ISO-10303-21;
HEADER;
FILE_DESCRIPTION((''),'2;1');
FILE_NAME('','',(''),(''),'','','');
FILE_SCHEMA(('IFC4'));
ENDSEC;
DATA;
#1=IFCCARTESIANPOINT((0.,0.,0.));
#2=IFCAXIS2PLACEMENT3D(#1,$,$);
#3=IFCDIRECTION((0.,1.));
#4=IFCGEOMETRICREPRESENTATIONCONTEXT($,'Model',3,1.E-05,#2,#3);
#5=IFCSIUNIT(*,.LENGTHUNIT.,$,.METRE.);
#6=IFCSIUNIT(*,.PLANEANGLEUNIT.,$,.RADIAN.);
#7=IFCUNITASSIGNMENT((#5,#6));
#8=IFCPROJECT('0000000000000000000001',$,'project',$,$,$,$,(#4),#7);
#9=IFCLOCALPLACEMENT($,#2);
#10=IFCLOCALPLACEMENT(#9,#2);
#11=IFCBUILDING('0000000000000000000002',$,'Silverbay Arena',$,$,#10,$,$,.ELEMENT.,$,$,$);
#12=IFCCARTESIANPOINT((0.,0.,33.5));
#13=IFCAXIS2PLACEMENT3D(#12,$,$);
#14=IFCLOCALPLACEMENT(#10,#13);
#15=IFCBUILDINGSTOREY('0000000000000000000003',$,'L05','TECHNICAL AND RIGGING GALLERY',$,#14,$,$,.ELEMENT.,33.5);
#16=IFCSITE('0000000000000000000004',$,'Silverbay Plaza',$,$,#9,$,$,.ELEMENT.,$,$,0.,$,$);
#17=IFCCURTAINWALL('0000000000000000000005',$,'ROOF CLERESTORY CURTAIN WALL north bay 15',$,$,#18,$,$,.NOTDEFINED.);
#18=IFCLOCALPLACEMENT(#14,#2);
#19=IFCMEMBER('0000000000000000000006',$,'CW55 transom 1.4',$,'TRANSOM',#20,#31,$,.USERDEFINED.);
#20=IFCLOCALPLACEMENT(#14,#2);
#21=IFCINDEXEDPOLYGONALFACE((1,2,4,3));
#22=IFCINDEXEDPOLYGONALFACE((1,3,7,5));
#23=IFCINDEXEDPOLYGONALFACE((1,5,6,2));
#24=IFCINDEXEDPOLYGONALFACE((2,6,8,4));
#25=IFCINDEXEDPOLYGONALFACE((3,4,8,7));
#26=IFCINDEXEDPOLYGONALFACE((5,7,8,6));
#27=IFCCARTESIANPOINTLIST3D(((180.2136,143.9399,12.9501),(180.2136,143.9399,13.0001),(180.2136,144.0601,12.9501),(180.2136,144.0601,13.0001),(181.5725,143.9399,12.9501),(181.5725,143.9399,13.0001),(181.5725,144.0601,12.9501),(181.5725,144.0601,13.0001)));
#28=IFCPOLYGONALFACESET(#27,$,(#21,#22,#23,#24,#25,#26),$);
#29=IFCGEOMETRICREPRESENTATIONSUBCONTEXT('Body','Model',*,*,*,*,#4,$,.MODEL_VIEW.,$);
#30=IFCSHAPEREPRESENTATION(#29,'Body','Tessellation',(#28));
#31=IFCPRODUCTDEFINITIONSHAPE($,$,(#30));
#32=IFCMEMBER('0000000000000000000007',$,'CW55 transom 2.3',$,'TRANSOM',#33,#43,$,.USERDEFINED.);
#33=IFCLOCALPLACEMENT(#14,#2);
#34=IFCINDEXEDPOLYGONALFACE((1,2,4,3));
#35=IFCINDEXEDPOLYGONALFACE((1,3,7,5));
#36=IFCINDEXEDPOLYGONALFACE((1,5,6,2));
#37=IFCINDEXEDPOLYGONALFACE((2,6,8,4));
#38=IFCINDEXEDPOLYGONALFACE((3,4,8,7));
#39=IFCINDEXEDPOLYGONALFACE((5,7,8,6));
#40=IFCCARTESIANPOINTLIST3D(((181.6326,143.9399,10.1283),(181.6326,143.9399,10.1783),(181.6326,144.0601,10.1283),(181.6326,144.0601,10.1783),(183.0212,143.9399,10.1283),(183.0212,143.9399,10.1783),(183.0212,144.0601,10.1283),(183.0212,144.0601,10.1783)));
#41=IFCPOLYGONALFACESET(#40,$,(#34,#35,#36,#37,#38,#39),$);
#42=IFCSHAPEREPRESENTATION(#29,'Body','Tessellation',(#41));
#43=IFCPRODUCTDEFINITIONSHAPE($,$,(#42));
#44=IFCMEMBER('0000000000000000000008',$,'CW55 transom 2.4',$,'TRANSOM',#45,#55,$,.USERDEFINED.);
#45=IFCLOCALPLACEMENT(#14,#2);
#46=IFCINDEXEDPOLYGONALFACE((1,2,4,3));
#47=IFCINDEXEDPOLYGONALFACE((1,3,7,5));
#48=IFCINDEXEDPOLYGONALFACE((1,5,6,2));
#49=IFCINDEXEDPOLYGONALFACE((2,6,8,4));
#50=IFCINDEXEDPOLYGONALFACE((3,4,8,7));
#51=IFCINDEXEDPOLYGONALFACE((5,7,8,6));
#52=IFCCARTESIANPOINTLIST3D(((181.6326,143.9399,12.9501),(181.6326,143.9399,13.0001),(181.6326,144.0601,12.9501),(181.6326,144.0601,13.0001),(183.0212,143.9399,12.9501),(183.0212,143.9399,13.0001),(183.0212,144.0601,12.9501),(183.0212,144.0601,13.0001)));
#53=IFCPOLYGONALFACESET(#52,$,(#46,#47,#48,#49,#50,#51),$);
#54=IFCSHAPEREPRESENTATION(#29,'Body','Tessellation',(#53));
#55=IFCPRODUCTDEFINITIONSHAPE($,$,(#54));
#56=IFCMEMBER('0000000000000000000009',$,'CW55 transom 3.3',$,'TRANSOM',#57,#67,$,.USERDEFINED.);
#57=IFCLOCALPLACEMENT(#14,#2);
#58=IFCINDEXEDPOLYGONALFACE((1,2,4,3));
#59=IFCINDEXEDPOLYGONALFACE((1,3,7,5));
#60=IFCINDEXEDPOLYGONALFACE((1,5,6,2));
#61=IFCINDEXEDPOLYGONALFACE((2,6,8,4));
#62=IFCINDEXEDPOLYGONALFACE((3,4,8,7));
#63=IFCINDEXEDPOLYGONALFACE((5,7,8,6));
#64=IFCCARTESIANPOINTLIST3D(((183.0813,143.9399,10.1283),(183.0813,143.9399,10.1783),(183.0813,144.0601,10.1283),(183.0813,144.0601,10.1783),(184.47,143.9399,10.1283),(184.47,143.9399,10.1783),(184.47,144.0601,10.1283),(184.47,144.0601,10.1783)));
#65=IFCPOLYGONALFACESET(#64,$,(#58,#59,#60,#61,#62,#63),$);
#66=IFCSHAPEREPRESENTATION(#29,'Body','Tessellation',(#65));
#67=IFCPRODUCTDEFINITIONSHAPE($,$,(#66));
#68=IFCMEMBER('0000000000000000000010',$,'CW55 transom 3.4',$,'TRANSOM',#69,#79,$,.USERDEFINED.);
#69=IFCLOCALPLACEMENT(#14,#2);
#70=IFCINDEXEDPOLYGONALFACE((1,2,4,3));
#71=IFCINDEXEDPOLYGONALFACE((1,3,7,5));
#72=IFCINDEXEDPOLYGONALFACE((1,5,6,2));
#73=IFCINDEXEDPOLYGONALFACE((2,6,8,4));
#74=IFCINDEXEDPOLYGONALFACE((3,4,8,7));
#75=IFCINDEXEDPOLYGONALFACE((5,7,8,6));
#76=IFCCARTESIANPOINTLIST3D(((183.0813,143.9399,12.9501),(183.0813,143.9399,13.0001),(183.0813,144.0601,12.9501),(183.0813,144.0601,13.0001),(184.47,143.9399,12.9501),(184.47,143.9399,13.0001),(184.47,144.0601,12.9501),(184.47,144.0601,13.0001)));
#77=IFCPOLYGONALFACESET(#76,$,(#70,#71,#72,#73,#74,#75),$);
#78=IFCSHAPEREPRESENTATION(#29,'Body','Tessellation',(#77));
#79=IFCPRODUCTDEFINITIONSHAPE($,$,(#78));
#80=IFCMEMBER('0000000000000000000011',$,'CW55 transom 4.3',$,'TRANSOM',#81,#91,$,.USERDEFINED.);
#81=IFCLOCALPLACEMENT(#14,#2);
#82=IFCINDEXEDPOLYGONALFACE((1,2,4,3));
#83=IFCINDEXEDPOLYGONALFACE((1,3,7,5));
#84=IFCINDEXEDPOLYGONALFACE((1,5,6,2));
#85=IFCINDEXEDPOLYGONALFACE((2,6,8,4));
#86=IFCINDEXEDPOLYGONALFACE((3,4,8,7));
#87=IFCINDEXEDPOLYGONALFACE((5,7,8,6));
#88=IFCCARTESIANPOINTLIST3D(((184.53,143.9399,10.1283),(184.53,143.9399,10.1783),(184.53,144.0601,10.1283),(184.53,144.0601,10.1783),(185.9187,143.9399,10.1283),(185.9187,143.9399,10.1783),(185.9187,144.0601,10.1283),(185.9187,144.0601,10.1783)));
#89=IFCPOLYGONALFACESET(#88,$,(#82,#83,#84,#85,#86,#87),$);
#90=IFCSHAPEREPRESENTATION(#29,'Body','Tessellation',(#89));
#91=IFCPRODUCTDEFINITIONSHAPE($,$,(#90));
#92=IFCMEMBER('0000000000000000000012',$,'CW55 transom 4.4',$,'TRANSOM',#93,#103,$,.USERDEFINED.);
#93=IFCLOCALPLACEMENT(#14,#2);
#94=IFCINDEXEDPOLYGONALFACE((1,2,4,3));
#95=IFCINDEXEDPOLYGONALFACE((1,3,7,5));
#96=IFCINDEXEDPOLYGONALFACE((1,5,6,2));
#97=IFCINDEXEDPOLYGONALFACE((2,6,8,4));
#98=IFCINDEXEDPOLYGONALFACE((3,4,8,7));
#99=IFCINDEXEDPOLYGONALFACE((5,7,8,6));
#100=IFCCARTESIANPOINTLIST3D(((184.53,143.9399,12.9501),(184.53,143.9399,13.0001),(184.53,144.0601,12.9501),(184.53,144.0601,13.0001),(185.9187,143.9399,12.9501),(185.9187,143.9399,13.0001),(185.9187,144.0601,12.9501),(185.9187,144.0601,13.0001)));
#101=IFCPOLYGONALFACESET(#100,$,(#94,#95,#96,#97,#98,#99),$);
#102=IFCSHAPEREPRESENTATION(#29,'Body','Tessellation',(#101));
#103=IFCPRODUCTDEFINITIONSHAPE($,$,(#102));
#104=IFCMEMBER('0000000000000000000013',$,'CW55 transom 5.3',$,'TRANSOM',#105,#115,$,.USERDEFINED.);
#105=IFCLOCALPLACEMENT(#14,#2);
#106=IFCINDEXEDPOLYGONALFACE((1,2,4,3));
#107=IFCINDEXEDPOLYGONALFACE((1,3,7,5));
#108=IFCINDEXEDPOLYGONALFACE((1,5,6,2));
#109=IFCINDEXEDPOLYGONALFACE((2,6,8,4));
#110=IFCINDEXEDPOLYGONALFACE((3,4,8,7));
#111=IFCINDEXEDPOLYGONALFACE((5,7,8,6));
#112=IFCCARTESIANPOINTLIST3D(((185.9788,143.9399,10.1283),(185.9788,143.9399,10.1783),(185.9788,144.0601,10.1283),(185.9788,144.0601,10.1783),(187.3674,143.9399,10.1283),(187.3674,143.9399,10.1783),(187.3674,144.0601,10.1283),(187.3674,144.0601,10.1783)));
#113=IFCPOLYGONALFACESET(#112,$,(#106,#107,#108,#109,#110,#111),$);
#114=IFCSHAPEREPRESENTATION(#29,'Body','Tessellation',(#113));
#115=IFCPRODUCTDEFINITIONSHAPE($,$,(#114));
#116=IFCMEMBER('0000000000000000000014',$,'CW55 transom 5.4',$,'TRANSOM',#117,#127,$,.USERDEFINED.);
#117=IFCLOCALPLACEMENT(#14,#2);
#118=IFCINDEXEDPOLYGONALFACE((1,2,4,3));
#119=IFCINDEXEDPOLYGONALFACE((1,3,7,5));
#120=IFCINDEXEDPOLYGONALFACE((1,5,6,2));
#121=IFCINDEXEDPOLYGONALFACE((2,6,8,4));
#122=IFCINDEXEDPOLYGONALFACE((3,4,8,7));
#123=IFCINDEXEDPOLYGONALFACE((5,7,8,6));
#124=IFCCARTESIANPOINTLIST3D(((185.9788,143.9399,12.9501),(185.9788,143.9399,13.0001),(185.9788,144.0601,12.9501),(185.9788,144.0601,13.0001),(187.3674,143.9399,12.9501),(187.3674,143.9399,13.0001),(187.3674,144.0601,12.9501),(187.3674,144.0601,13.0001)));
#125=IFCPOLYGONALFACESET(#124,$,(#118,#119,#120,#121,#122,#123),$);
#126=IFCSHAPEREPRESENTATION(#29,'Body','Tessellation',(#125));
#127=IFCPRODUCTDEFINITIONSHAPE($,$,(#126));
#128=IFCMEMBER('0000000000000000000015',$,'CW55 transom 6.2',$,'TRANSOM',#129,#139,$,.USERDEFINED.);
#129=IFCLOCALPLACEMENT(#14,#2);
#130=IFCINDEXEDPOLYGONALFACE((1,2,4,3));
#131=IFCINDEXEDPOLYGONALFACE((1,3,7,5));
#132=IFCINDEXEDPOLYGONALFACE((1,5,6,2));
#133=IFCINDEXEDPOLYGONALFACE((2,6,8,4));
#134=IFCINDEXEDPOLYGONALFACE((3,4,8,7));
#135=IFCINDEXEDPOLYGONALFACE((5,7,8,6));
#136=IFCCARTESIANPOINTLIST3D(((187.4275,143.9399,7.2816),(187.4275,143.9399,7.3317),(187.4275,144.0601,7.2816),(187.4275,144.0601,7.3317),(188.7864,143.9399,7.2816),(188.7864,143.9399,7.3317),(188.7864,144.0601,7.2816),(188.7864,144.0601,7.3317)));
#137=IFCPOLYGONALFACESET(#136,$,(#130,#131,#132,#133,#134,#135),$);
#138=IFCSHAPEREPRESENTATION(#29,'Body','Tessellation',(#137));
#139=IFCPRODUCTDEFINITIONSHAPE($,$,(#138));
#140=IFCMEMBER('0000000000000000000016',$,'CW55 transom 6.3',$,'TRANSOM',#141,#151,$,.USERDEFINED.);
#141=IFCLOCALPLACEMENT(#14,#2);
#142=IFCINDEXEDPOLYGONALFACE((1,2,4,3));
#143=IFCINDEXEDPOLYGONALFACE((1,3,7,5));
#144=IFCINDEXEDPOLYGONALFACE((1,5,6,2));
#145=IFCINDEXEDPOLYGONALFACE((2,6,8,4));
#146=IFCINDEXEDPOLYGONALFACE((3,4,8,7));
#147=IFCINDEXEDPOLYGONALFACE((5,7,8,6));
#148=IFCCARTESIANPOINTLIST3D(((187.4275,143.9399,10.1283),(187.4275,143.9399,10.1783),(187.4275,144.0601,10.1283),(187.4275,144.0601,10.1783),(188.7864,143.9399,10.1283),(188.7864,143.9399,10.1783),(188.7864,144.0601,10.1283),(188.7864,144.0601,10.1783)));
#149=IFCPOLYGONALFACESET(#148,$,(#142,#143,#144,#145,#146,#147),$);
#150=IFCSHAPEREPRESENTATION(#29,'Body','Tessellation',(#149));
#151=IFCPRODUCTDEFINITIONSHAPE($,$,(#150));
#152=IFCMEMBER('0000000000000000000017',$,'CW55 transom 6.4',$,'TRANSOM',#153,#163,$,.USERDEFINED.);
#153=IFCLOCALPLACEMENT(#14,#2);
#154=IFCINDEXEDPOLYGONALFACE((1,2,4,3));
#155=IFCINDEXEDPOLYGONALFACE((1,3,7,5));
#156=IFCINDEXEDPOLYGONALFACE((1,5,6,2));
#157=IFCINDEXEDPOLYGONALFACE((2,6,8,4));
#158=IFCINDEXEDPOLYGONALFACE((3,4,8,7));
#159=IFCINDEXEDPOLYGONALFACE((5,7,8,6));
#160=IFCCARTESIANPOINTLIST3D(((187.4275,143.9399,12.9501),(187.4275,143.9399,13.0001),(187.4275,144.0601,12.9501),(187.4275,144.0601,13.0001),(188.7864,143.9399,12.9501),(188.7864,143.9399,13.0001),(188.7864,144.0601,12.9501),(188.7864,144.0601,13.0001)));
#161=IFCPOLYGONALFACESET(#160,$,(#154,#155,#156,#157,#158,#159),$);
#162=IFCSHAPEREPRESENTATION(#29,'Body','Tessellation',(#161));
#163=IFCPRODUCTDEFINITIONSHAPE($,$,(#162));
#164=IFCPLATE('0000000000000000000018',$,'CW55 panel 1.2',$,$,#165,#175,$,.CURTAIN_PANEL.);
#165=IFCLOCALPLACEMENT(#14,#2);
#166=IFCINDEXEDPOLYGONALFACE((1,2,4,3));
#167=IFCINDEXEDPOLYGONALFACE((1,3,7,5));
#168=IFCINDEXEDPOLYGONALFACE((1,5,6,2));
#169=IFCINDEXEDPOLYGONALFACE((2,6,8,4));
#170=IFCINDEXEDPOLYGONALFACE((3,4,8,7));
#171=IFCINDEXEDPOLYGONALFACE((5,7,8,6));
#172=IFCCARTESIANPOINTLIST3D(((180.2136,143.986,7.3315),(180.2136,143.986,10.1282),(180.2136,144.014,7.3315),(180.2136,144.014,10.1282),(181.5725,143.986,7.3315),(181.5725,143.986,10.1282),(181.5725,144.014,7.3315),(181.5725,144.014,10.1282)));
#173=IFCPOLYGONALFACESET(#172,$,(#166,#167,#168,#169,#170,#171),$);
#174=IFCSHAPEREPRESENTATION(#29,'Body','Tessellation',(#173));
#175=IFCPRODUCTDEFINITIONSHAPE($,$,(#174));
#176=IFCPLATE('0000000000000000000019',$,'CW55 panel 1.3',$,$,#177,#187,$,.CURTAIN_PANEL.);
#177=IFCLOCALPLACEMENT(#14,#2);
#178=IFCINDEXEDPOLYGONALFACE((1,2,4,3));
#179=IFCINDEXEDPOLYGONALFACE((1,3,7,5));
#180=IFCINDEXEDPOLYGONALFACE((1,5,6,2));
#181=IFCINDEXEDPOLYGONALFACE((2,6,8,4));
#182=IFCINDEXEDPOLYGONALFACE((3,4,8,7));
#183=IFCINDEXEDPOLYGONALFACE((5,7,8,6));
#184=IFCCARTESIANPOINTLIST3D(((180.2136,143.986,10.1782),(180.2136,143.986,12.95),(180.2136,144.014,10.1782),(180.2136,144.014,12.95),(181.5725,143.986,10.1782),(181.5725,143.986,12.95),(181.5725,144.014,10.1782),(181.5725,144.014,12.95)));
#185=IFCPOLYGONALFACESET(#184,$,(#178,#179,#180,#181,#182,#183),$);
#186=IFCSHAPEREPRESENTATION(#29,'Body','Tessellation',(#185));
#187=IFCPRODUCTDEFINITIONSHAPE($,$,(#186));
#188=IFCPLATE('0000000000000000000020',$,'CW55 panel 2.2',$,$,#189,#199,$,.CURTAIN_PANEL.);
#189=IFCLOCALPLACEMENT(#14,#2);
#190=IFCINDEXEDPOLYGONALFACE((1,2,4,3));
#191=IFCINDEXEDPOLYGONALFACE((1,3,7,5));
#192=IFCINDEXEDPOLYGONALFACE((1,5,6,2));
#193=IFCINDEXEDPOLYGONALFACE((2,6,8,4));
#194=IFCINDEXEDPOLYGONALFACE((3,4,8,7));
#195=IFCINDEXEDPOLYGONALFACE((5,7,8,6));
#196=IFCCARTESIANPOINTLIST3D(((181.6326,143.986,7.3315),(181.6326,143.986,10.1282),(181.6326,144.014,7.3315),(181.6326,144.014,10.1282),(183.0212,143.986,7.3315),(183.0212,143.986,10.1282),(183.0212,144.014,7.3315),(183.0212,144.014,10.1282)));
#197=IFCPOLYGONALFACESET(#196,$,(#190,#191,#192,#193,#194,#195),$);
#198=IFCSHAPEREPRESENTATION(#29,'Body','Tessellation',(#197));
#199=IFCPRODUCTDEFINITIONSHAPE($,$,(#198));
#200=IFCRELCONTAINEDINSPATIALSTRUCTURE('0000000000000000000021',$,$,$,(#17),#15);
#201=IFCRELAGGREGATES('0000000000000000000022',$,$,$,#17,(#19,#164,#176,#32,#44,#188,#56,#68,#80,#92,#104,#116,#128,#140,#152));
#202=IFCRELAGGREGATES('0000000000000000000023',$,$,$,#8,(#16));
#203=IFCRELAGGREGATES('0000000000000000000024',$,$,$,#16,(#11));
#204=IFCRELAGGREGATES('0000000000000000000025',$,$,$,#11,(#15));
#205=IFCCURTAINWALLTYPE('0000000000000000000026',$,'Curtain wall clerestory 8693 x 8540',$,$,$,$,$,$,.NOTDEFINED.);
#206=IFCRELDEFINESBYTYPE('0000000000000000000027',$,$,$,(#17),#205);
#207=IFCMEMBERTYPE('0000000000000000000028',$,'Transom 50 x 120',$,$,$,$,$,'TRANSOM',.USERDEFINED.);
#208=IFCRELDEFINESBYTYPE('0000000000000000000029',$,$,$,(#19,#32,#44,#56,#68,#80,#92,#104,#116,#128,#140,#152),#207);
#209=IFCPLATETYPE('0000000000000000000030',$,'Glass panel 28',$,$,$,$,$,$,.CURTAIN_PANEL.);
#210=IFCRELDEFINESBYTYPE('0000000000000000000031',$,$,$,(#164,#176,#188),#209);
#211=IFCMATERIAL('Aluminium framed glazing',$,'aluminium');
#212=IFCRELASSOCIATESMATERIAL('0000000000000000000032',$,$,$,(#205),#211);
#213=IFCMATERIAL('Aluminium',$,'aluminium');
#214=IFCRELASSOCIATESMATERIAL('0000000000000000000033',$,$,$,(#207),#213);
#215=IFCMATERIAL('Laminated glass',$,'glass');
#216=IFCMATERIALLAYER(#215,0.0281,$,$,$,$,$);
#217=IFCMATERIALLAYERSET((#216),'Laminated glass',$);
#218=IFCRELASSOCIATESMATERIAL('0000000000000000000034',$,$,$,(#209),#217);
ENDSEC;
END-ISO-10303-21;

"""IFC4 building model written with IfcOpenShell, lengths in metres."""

from ifc_helpers import new_model, si_unit, direction, frame, origin, origin_2d, place, context, subcontext, project, spatial, rectangle, extrude, material, layer, layer_set, material_profile, profile_set, type_object, element, aggregate, save


model = new_model("IFC4")

# Units and contexts
model_context = context("Model", 3, precision=1e-05, world=origin(), true_north=direction((0.0, 1.0)))
body_context = subcontext(model_context, "Body", "Model", "MODEL_VIEW")
ifc_project = project(units=[si_unit("LENGTHUNIT", "METRE"), si_unit("PLANEANGLEUNIT", "RADIAN")], contexts=[model_context])

# Site, building, storey
site_placement = place(None, origin())
site = spatial("IfcSite", under=ifc_project, at=site_placement, Name="Silverbay Plaza", CompositionType="ELEMENT", RefElevation=0.0)
building_placement = place(site_placement, origin())
building = spatial("IfcBuilding", under=site, at=building_placement, Name="Silverbay Arena", CompositionType="ELEMENT")
storey_placement = place(building_placement, frame((0.0, 0.0, 33.5)))
storey = spatial("IfcBuildingStorey", under=building, at=storey_placement, Name="L05", Description="TECHNICAL AND RIGGING GALLERY", CompositionType="ELEMENT", Elevation=33.5)

# Curtain wall, members, plates
ifc_material_1 = material(Name="Aluminium framed glazing", Category="aluminium")
curtain_wall_type = type_object("IfcCurtainWallType", Name="Curtain wall clerestory 8693 x 8540", PredefinedType="NOTDEFINED", material=ifc_material_1)
curtain_wall_placement = place(storey_placement, origin())
curtain_wall = element("IfcCurtainWall", 1, at=curtain_wall_placement, inside=storey, type_object=curtain_wall_type, Name="ROOF CLERESTORY CURTAIN WALL north bay 15", PredefinedType="NOTDEFINED")
ifc_material_2 = material(Name="Aluminium", Category="aluminium")
ifc_material_profile_1 = material_profile(ifc_material_2, rectangle(XDim=0.1201, YDim=0.05, at=origin_2d()), Name="Transom 50 x 120")
ifc_profile_set_1 = profile_set([ifc_material_profile_1], Name="Aluminium")
member_type_1 = type_object("IfcMemberType", Name="Transom 50 x 120", ElementType="TRANSOM", PredefinedType="USERDEFINED", material=ifc_profile_set_1)
member_1_placement = place(storey_placement, frame((180.2136, 144.0, 12.9751), z_axis=(1.0, 0.0, 0.0), x_axis=(0.0, 1.0, 0.0)))
member_1 = element("IfcMember", 2, at=member_1_placement, type_object=member_type_1, Name="CW55 transom 1.4", ObjectType="TRANSOM", PredefinedType="USERDEFINED", context=body_context, shape_type="SweptSolid", body=[
    extrude(rectangle(XDim=0.1201, YDim=0.05, at=origin_2d()), origin(), (0.0, 0.0, 1.0), 1.3589),
])
member_2_placement = place(storey_placement, frame((181.6326, 144.0, 10.1533), z_axis=(1.0, 0.0, 0.0), x_axis=(0.0, 1.0, 0.0)))
member_2 = element("IfcMember", 3, at=member_2_placement, type_object=member_type_1, Name="CW55 transom 2.3", ObjectType="TRANSOM", PredefinedType="USERDEFINED", context=body_context, shape_type="SweptSolid", body=[
    extrude(rectangle(XDim=0.1201, YDim=0.05, at=origin_2d()), origin(), (0.0, 0.0, 1.0), 1.3887),
])
member_3_placement = place(storey_placement, frame((181.6326, 144.0, 12.9751), z_axis=(1.0, 0.0, 0.0), x_axis=(0.0, 1.0, 0.0)))
member_3 = element("IfcMember", 4, at=member_3_placement, type_object=member_type_1, Name="CW55 transom 2.4", ObjectType="TRANSOM", PredefinedType="USERDEFINED", context=body_context, shape_type="SweptSolid", body=[
    extrude(rectangle(XDim=0.1201, YDim=0.05, at=origin_2d()), origin(), (0.0, 0.0, 1.0), 1.3887),
])
member_4_placement = place(storey_placement, frame((183.0813, 144.0, 10.1533), z_axis=(1.0, 0.0, 0.0), x_axis=(0.0, 1.0, 0.0)))
member_4 = element("IfcMember", 5, at=member_4_placement, type_object=member_type_1, Name="CW55 transom 3.3", ObjectType="TRANSOM", PredefinedType="USERDEFINED", context=body_context, shape_type="SweptSolid", body=[
    extrude(rectangle(XDim=0.1201, YDim=0.05, at=origin_2d()), origin(), (0.0, 0.0, 1.0), 1.3887),
])
member_5_placement = place(storey_placement, frame((183.0813, 144.0, 12.9751), z_axis=(1.0, 0.0, 0.0), x_axis=(0.0, 1.0, 0.0)))
member_5 = element("IfcMember", 6, at=member_5_placement, type_object=member_type_1, Name="CW55 transom 3.4", ObjectType="TRANSOM", PredefinedType="USERDEFINED", context=body_context, shape_type="SweptSolid", body=[
    extrude(rectangle(XDim=0.1201, YDim=0.05, at=origin_2d()), origin(), (0.0, 0.0, 1.0), 1.3887),
])
member_6_placement = place(storey_placement, frame((184.53, 144.0, 10.1533), z_axis=(1.0, 0.0, 0.0), x_axis=(0.0, 1.0, 0.0)))
member_6 = element("IfcMember", 7, at=member_6_placement, type_object=member_type_1, Name="CW55 transom 4.3", ObjectType="TRANSOM", PredefinedType="USERDEFINED", context=body_context, shape_type="SweptSolid", body=[
    extrude(rectangle(XDim=0.1201, YDim=0.05, at=origin_2d()), origin(), (0.0, 0.0, 1.0), 1.3887),
])
member_7_placement = place(storey_placement, frame((184.53, 144.0, 12.9751), z_axis=(1.0, 0.0, 0.0), x_axis=(0.0, 1.0, 0.0)))
member_7 = element("IfcMember", 8, at=member_7_placement, type_object=member_type_1, Name="CW55 transom 4.4", ObjectType="TRANSOM", PredefinedType="USERDEFINED", context=body_context, shape_type="SweptSolid", body=[
    extrude(rectangle(XDim=0.1201, YDim=0.05, at=origin_2d()), origin(), (0.0, 0.0, 1.0), 1.3887),
])
member_8_placement = place(storey_placement, frame((185.9788, 144.0, 10.1533), z_axis=(1.0, 0.0, 0.0), x_axis=(0.0, 1.0, 0.0)))
member_8 = element("IfcMember", 9, at=member_8_placement, type_object=member_type_1, Name="CW55 transom 5.3", ObjectType="TRANSOM", PredefinedType="USERDEFINED", context=body_context, shape_type="SweptSolid", body=[
    extrude(rectangle(XDim=0.1201, YDim=0.05, at=origin_2d()), origin(), (0.0, 0.0, 1.0), 1.3887),
])
member_9_placement = place(storey_placement, frame((185.9788, 144.0, 12.9751), z_axis=(1.0, 0.0, 0.0), x_axis=(0.0, 1.0, 0.0)))
member_9 = element("IfcMember", 10, at=member_9_placement, type_object=member_type_1, Name="CW55 transom 5.4", ObjectType="TRANSOM", PredefinedType="USERDEFINED", context=body_context, shape_type="SweptSolid", body=[
    extrude(rectangle(XDim=0.1201, YDim=0.05, at=origin_2d()), origin(), (0.0, 0.0, 1.0), 1.3887),
])
member_10_placement = place(storey_placement, frame((187.4275, 144.0, 7.3066), z_axis=(1.0, 0.0, 0.0), x_axis=(0.0, 1.0, 0.0)))
member_10 = element("IfcMember", 11, at=member_10_placement, type_object=member_type_1, Name="CW55 transom 6.2", ObjectType="TRANSOM", PredefinedType="USERDEFINED", context=body_context, shape_type="SweptSolid", body=[
    extrude(rectangle(XDim=0.1201, YDim=0.05, at=origin_2d()), origin(), (0.0, 0.0, 1.0), 1.3589),
])
member_11_placement = place(storey_placement, frame((187.4275, 144.0, 10.1533), z_axis=(1.0, 0.0, 0.0), x_axis=(0.0, 1.0, 0.0)))
member_11 = element("IfcMember", 12, at=member_11_placement, type_object=member_type_1, Name="CW55 transom 6.3", ObjectType="TRANSOM", PredefinedType="USERDEFINED", context=body_context, shape_type="SweptSolid", body=[
    extrude(rectangle(XDim=0.1201, YDim=0.05, at=origin_2d()), origin(), (0.0, 0.0, 1.0), 1.3589),
])
member_12_placement = place(storey_placement, frame((187.4275, 144.0, 12.9751), z_axis=(1.0, 0.0, 0.0), x_axis=(0.0, 1.0, 0.0)))
member_12 = element("IfcMember", 13, at=member_12_placement, type_object=member_type_1, Name="CW55 transom 6.4", ObjectType="TRANSOM", PredefinedType="USERDEFINED", context=body_context, shape_type="SweptSolid", body=[
    extrude(rectangle(XDim=0.1201, YDim=0.05, at=origin_2d()), origin(), (0.0, 0.0, 1.0), 1.3589),
])
ifc_material_3 = material(Name="Laminated glass", Category="glass")
ifc_layer = layer(ifc_material_3, 0.0281)
ifc_layer_set = layer_set([ifc_layer], Name="Laminated glass")
plate_type = type_object("IfcPlateType", Name="Glass panel 28", PredefinedType="CURTAIN_PANEL", material=ifc_layer_set)
plate_1_placement = place(storey_placement, frame((180.8931, 144.0, 7.3315), z_axis=(0.0, 0.0, 1.0), x_axis=(1.0, 0.0, 0.0)))
plate_1 = element("IfcPlate", 14, at=plate_1_placement, type_object=plate_type, Name="CW55 panel 1.2", PredefinedType="CURTAIN_PANEL", context=body_context, shape_type="SweptSolid", body=[
    extrude(rectangle(XDim=1.3589, YDim=0.0281, at=origin_2d()), origin(), (0.0, 0.0, 1.0), 2.7966),
])
plate_2_placement = place(storey_placement, frame((180.8931, 144.0, 10.1782), z_axis=(0.0, 0.0, 1.0), x_axis=(1.0, 0.0, 0.0)))
plate_2 = element("IfcPlate", 15, at=plate_2_placement, type_object=plate_type, Name="CW55 panel 1.3", PredefinedType="CURTAIN_PANEL", context=body_context, shape_type="SweptSolid", body=[
    extrude(rectangle(XDim=1.3589, YDim=0.0281, at=origin_2d()), origin(), (0.0, 0.0, 1.0), 2.7717),
])
plate_3_placement = place(storey_placement, frame((182.3269, 144.0, 7.3315), z_axis=(0.0, 0.0, 1.0), x_axis=(1.0, 0.0, 0.0)))
plate_3 = element("IfcPlate", 16, at=plate_3_placement, type_object=plate_type, Name="CW55 panel 2.2", PredefinedType="CURTAIN_PANEL", context=body_context, shape_type="SweptSolid", body=[
    extrude(rectangle(XDim=1.3887, YDim=0.0281, at=origin_2d()), origin(), (0.0, 0.0, 1.0), 2.7966),
])
aggregate(curtain_wall, [member_1, plate_1, plate_2, member_2, member_3, plate_3, member_4, member_5, member_6, member_7, member_8, member_9, member_10, member_11, member_12])

save(model, "model.ifc")
